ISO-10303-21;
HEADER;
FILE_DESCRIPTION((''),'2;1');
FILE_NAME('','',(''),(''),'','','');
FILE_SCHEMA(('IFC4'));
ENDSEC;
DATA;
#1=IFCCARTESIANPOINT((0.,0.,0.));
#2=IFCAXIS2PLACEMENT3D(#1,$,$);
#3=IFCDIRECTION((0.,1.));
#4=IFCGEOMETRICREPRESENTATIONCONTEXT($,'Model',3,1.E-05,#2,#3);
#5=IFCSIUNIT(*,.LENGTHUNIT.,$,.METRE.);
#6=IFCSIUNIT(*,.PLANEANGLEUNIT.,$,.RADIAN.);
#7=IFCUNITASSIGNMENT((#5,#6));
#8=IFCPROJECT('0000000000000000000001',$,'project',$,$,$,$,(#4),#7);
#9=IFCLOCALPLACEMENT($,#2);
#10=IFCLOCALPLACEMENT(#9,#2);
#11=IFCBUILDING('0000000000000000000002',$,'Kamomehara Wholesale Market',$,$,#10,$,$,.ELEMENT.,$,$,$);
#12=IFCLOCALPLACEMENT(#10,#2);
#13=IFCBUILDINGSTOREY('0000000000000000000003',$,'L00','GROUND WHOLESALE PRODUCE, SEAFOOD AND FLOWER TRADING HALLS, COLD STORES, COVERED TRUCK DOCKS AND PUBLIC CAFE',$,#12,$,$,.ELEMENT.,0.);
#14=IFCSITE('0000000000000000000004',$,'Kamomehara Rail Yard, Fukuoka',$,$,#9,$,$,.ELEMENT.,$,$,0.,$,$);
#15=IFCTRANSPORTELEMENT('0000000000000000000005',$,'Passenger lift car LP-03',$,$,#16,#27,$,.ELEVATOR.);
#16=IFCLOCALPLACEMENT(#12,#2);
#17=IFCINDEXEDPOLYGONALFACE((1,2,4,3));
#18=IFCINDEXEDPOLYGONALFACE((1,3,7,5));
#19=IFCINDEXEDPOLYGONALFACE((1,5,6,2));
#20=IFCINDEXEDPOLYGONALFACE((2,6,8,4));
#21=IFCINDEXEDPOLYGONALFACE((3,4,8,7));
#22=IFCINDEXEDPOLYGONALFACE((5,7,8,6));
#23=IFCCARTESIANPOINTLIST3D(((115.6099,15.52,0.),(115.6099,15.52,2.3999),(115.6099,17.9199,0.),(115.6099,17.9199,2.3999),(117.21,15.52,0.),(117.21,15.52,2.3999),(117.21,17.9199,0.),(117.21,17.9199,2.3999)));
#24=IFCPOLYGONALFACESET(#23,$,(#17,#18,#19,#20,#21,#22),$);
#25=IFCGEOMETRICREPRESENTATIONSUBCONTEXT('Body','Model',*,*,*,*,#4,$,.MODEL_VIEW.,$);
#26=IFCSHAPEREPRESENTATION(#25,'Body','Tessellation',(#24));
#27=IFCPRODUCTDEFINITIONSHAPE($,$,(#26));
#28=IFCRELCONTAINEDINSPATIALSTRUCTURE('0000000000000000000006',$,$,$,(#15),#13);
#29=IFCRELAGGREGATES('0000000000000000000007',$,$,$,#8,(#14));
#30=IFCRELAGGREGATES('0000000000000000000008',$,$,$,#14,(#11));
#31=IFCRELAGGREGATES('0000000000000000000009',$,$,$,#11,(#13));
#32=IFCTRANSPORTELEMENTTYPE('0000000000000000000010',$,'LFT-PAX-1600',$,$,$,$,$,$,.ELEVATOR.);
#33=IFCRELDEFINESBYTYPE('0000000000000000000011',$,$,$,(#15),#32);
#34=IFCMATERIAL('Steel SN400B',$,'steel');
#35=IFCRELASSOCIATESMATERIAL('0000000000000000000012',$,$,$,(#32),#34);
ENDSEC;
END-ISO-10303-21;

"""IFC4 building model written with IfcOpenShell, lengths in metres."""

from ifc_helpers import new_model, si_unit, direction, frame, origin, origin_2d, place, context, subcontext, project, spatial, rectangle, extrude, material, type_object, element, save


model = new_model("IFC4")

# Units and contexts
model_context = context("Model", 3, precision=1e-05, world=origin(), true_north=direction((0.0, 1.0)))
body_context = subcontext(model_context, "Body", "Model", "MODEL_VIEW")
ifc_project = project(units=[si_unit("LENGTHUNIT", "METRE"), si_unit("PLANEANGLEUNIT", "RADIAN")], contexts=[model_context])

# Site, building, storey
site_placement = place(None, origin())
site = spatial("IfcSite", under=ifc_project, at=site_placement, Name="Kamomehara Rail Yard, Fukuoka", CompositionType="ELEMENT", RefElevation=0.0)
building_placement = place(site_placement, origin())
building = spatial("IfcBuilding", under=site, at=building_placement, Name="Kamomehara Wholesale Market", CompositionType="ELEMENT")
storey_placement = place(building_placement, origin())
storey = spatial("IfcBuildingStorey", under=building, at=storey_placement, Name="L00", Description="GROUND WHOLESALE PRODUCE, SEAFOOD AND FLOWER TRADING HALLS, COLD STORES, COVERED TRUCK DOCKS AND PUBLIC CAFE", CompositionType="ELEMENT", Elevation=0.0)

# Transport element
ifc_material_1 = material(Name="Steel SN400B", Category="steel")
transport_element_type = type_object("IfcTransportElementType", Name="LFT-PAX-1600", PredefinedType="ELEVATOR", material=ifc_material_1)
transport_element_placement = place(storey_placement, frame((116.4099, 16.72, 0.0), z_axis=(0.0, 0.0, 1.0), x_axis=(1.0, 0.0, 0.0)))
element("IfcTransportElement", 1, at=transport_element_placement, inside=storey, type_object=transport_element_type, Name="Passenger lift car LP-03", PredefinedType="ELEVATOR", context=body_context, shape_type="SweptSolid", body=[
    extrude(rectangle(XDim=1.6001, YDim=2.3999, at=origin_2d()), origin(), (0.0, 0.0, 1.0), 2.3999),
])

save(model, "model.ifc")
